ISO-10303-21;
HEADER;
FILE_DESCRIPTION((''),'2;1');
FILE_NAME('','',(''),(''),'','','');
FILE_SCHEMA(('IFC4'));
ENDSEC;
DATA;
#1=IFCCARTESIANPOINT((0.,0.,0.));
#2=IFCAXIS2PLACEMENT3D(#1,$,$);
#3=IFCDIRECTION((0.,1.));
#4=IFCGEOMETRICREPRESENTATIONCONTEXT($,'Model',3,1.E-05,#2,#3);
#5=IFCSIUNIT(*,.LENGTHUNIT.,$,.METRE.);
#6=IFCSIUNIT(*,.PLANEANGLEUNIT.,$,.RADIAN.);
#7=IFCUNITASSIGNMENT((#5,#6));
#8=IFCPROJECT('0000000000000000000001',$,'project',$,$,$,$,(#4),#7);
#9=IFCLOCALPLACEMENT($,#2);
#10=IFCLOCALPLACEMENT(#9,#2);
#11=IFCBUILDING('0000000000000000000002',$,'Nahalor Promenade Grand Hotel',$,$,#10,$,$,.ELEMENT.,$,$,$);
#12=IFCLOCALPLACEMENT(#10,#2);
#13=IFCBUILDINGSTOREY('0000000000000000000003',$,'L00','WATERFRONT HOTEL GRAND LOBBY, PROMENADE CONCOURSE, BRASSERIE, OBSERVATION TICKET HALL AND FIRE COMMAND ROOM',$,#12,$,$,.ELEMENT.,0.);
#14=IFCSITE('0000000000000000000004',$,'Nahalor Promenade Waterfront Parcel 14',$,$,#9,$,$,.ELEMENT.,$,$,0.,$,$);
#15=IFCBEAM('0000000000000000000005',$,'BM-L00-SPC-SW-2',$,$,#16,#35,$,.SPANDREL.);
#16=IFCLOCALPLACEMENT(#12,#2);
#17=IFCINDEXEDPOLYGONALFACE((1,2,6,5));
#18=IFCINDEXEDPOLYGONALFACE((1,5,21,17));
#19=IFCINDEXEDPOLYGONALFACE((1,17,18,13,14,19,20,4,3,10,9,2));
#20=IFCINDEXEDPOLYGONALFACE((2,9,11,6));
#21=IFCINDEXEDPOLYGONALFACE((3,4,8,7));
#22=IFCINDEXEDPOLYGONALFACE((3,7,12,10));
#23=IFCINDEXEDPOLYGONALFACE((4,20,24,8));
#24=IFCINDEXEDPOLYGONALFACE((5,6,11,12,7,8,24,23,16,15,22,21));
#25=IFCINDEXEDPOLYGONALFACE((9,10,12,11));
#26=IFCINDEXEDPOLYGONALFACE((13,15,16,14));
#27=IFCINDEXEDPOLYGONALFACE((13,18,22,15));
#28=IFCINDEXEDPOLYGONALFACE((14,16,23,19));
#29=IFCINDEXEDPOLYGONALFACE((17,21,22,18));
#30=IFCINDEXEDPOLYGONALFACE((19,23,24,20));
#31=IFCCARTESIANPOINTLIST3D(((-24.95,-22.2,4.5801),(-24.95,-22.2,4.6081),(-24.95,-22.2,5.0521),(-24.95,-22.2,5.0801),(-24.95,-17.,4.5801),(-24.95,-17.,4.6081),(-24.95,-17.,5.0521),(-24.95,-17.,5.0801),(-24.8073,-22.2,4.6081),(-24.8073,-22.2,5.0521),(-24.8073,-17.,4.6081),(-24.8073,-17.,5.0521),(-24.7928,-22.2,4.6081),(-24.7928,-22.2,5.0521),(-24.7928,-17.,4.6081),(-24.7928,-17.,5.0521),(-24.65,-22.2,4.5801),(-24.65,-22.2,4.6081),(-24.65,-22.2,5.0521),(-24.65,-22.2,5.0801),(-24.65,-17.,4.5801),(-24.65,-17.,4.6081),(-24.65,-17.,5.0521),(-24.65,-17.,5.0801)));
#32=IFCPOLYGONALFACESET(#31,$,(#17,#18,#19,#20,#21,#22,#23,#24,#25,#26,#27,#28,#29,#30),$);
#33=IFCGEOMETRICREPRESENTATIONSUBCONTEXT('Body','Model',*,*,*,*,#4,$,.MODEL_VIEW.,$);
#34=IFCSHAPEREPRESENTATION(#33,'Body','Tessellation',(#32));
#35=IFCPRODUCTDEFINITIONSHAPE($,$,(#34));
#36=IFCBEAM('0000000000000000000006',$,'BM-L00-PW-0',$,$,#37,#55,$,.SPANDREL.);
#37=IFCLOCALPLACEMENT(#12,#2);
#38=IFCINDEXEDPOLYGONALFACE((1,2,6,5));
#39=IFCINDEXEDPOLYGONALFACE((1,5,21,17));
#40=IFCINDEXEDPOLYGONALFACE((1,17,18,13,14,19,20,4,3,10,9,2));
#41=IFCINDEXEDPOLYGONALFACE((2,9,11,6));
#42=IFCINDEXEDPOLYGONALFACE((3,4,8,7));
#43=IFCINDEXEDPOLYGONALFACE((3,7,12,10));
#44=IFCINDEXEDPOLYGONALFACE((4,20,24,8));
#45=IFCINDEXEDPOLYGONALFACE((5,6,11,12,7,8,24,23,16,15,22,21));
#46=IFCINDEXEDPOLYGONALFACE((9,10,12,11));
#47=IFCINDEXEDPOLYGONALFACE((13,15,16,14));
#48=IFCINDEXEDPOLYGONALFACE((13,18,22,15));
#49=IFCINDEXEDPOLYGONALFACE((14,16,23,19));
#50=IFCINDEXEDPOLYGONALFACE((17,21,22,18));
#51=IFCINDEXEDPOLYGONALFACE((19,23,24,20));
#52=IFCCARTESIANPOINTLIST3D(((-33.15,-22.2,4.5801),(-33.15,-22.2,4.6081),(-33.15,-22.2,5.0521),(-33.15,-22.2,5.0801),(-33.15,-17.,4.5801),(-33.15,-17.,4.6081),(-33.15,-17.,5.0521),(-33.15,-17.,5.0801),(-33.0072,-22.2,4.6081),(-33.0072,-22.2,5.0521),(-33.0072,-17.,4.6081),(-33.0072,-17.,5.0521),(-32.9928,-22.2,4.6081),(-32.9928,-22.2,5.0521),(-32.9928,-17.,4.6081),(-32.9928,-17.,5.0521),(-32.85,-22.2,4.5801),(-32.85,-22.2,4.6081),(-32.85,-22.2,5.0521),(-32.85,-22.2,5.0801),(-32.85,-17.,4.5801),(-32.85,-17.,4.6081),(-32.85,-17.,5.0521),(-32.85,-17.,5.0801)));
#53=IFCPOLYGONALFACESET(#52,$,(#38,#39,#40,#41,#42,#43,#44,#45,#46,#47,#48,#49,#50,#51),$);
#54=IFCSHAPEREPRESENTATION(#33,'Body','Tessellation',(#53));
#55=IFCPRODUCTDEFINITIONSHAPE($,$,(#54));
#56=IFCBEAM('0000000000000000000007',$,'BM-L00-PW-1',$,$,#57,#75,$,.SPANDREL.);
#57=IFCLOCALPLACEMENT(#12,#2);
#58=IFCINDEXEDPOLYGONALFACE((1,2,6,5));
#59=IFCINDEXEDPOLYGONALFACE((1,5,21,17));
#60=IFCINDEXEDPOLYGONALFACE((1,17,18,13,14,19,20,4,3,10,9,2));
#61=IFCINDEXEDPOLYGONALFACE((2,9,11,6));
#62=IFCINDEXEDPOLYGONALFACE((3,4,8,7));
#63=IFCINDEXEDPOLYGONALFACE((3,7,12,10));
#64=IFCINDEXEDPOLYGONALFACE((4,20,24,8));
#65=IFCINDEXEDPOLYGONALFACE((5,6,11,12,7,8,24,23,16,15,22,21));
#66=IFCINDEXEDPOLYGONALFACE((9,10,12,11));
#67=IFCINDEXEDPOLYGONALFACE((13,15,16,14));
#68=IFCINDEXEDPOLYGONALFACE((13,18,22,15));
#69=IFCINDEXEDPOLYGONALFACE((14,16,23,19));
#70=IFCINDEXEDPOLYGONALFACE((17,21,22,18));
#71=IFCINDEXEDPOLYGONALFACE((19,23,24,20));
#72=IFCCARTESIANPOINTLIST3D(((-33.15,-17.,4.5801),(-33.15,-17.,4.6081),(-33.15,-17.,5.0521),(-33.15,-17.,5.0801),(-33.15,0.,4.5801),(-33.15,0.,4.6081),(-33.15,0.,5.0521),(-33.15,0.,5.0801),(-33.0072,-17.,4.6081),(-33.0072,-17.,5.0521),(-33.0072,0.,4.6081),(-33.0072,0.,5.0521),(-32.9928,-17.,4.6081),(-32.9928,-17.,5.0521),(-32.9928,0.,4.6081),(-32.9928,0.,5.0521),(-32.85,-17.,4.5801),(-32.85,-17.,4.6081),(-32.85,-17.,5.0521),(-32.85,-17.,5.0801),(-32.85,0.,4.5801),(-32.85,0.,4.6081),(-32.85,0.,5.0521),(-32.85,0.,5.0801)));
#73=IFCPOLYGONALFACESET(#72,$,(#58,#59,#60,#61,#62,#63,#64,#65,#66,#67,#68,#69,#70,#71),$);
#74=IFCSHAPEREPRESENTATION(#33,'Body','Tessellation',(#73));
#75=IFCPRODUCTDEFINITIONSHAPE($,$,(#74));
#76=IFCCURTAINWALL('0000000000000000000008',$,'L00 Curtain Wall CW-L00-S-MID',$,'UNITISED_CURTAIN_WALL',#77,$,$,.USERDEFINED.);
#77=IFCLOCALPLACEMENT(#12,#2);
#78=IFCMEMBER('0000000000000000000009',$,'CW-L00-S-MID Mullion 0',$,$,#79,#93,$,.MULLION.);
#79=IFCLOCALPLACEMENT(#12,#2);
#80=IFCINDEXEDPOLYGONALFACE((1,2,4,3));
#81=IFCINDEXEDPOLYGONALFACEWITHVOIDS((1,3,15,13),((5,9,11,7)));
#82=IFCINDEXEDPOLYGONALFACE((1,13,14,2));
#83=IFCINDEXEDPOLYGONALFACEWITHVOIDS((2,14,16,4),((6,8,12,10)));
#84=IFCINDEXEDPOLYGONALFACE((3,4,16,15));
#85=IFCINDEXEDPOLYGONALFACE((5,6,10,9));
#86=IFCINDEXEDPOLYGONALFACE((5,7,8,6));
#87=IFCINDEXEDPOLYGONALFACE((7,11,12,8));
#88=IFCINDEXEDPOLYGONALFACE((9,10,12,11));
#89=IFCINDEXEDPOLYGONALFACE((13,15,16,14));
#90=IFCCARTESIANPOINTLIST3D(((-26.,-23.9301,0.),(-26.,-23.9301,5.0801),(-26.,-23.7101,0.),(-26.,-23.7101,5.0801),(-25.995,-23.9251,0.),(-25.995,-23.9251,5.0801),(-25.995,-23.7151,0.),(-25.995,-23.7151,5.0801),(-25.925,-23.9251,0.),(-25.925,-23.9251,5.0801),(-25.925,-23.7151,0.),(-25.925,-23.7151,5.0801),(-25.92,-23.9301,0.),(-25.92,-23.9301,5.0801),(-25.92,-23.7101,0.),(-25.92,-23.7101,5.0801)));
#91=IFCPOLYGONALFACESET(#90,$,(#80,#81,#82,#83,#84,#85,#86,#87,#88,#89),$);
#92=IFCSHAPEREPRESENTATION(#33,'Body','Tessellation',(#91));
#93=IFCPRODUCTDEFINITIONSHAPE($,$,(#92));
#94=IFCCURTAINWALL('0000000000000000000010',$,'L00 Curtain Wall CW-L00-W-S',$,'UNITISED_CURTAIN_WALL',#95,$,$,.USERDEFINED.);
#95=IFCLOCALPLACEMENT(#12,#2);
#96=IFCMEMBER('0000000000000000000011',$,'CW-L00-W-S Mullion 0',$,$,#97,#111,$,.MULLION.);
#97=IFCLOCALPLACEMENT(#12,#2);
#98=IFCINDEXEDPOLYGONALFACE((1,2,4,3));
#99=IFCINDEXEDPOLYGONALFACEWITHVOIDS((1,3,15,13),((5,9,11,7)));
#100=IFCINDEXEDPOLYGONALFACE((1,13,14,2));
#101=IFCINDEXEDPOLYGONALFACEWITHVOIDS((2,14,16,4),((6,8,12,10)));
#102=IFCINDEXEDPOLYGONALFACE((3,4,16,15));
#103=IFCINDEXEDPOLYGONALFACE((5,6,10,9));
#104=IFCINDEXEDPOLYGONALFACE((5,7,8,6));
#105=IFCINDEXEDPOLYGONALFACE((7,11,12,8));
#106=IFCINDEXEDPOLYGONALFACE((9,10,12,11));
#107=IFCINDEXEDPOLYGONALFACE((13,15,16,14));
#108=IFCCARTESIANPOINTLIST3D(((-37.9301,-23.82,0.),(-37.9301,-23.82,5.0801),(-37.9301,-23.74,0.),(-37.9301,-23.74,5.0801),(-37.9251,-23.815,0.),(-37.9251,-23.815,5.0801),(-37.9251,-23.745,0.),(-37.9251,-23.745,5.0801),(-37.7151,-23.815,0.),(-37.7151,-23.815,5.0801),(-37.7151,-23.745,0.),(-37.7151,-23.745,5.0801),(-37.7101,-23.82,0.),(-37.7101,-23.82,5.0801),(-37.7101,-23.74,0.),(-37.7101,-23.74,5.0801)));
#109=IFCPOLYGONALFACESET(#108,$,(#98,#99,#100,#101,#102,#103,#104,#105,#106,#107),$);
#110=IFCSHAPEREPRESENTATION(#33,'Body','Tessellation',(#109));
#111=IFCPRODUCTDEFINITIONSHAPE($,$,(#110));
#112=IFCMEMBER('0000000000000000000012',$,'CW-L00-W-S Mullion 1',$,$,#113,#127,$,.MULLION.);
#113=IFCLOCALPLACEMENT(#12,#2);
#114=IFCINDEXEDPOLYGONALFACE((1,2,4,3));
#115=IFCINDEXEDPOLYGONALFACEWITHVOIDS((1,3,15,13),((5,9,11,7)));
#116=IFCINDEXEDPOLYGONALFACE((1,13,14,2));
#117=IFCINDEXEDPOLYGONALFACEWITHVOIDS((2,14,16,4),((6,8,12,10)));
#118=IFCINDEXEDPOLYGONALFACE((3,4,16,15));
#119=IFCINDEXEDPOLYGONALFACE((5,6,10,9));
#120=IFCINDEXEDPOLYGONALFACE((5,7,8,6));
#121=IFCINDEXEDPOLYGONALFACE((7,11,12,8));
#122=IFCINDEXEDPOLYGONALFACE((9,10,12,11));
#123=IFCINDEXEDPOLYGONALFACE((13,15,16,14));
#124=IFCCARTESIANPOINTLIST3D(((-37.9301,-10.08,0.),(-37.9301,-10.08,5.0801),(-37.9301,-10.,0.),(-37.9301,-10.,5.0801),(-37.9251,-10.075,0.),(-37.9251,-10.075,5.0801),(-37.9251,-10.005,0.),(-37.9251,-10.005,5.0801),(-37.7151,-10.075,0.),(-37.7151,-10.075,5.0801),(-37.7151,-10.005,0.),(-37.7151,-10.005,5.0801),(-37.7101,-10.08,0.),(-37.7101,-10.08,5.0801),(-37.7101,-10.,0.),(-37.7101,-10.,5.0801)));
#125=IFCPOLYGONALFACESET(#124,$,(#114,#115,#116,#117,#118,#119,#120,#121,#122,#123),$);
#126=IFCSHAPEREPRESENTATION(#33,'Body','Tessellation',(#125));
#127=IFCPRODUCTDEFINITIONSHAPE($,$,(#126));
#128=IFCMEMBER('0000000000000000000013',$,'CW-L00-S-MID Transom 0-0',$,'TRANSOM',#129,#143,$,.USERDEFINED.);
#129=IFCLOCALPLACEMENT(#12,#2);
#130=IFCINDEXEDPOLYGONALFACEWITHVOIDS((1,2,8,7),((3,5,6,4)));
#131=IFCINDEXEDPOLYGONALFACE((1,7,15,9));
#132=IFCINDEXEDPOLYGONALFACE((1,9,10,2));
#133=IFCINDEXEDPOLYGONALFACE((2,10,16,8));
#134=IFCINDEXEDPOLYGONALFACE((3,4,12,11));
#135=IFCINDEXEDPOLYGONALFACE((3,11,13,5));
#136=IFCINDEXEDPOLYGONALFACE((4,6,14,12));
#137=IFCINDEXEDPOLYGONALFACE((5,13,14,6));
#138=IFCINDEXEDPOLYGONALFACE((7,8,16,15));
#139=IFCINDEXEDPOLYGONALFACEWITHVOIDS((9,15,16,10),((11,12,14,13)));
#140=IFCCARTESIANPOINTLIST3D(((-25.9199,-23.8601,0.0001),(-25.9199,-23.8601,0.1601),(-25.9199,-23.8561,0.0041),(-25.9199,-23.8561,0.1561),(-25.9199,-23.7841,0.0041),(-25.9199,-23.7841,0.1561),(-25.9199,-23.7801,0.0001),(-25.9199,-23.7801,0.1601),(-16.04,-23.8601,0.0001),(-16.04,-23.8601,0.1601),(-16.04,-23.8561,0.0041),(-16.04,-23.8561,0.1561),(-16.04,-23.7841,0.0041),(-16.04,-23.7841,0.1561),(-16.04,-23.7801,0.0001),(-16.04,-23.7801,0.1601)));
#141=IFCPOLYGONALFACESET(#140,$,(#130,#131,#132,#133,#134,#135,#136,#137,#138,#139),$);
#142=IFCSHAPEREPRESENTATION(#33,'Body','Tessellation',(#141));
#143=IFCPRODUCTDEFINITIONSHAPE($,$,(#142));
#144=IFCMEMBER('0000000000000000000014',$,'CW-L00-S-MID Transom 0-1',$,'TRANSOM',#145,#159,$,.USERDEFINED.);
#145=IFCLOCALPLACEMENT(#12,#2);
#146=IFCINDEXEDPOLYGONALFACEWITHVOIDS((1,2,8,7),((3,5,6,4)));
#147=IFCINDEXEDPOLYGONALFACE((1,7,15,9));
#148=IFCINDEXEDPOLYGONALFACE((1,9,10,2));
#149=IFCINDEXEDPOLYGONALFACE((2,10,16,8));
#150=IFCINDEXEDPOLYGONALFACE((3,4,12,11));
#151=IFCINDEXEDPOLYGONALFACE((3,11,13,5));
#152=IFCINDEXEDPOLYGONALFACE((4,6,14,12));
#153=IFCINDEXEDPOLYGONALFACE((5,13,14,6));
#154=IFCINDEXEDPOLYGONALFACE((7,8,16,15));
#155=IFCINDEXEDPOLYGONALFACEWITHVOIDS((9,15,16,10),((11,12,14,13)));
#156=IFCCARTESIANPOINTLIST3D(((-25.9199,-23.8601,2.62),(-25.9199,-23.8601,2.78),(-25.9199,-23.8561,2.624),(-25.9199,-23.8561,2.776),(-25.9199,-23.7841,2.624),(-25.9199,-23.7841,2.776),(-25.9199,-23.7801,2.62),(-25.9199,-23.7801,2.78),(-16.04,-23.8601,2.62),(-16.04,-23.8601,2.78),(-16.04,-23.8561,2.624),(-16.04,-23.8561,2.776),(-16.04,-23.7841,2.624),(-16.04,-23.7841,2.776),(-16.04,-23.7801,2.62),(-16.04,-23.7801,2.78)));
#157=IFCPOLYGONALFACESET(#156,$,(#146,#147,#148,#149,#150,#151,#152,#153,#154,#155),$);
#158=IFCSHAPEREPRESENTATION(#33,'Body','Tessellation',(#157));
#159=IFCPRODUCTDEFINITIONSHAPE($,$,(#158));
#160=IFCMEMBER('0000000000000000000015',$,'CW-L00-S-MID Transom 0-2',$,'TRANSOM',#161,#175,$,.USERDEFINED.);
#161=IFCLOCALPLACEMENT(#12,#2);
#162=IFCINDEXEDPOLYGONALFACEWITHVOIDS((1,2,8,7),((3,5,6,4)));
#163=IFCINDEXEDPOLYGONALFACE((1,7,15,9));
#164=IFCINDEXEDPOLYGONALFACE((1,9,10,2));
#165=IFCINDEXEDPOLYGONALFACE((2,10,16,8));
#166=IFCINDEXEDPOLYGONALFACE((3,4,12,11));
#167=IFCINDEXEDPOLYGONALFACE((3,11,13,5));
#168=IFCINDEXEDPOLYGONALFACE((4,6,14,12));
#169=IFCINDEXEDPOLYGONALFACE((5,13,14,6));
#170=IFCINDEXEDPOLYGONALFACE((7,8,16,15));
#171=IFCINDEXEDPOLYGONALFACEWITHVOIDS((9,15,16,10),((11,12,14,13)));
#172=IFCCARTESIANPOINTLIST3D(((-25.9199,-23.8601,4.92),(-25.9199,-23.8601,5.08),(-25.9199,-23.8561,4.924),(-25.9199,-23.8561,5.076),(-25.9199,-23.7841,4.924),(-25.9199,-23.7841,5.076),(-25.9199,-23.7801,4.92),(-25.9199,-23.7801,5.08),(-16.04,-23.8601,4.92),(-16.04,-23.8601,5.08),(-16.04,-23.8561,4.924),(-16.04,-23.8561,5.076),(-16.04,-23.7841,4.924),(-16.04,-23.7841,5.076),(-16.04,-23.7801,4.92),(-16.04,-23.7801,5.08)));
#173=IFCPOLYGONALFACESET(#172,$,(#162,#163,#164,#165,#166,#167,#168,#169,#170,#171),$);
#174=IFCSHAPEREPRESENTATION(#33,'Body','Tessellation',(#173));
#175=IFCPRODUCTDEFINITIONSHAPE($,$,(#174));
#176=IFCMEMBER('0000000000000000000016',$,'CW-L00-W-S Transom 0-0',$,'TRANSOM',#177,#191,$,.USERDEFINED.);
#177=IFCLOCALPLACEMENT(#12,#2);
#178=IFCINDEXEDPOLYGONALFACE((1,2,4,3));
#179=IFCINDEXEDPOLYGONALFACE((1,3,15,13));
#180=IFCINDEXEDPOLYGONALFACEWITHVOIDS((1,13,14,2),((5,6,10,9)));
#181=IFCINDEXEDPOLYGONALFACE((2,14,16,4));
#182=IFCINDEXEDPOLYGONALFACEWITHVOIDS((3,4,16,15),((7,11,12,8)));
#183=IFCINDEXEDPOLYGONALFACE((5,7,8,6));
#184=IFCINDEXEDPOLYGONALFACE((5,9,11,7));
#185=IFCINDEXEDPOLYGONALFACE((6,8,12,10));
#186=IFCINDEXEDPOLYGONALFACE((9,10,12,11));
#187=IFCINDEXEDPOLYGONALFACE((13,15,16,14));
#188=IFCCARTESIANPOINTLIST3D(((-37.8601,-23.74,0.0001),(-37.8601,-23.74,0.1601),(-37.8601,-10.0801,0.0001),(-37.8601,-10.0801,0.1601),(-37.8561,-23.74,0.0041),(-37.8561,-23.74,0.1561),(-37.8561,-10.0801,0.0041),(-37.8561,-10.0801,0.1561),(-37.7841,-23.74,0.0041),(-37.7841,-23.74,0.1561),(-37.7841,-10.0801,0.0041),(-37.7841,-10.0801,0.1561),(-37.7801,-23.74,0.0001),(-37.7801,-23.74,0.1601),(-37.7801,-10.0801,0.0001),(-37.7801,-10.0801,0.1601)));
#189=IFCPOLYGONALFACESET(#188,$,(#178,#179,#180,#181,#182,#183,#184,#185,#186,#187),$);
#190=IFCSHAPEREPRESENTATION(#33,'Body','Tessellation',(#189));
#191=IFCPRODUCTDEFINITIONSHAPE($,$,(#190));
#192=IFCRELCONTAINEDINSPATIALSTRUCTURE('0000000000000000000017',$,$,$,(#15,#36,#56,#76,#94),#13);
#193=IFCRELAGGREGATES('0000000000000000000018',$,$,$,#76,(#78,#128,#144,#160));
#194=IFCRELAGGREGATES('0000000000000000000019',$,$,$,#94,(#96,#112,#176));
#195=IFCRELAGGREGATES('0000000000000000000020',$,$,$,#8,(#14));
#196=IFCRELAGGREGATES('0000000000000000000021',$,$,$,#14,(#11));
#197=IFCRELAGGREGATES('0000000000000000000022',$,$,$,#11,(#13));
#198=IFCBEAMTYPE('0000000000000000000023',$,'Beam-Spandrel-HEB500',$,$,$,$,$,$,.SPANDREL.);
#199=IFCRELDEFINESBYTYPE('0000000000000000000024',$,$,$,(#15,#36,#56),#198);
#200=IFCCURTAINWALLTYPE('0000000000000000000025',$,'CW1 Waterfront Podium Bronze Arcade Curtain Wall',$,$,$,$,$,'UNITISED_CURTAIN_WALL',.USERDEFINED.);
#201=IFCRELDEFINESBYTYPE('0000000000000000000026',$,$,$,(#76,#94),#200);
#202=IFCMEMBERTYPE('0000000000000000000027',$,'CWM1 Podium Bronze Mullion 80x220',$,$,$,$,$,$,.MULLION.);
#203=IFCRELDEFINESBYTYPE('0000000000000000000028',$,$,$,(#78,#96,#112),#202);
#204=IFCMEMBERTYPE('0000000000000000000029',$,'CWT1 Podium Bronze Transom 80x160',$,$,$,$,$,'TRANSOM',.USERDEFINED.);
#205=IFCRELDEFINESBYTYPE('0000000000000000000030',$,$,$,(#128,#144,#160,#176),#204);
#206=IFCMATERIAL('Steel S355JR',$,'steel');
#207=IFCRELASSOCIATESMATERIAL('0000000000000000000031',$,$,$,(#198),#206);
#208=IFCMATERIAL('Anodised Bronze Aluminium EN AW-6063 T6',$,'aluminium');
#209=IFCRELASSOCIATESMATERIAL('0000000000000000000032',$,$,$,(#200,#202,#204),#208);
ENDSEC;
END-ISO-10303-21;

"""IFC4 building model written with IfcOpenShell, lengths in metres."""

from ifc_helpers import new_model, si_unit, direction, frame, origin, origin_2d, place, context, subcontext, project, spatial, hollow_rectangle, i_section, extrude, source, transform, mapped, material, material_profile, profile_set, type_object, element, aggregate, save


model = new_model("IFC4")

# Units and contexts
model_context = context("Model", 3, precision=1e-05, world=origin(), true_north=direction((0.0, 1.0)))
body_context = subcontext(model_context, "Body", "Model", "MODEL_VIEW")
ifc_project = project(units=[si_unit("LENGTHUNIT", "METRE"), si_unit("PLANEANGLEUNIT", "RADIAN")], contexts=[model_context])

# Site, building, storey
site_placement = place(None, origin())
site = spatial("IfcSite", under=ifc_project, at=site_placement, Name="Nahalor Promenade Waterfront Parcel 14", CompositionType="ELEMENT", RefElevation=0.0)
building_placement = place(site_placement, origin())
building = spatial("IfcBuilding", under=site, at=building_placement, Name="Nahalor Promenade Grand Hotel", CompositionType="ELEMENT")
storey_placement = place(building_placement, origin())
storey = spatial("IfcBuildingStorey", under=building, at=storey_placement, Name="L00", Description="WATERFRONT HOTEL GRAND LOBBY, PROMENADE CONCOURSE, BRASSERIE, OBSERVATION TICKET HALL AND FIRE COMMAND ROOM", CompositionType="ELEMENT", Elevation=0.0)

# Beams
ifc_material_1 = material(Name="Steel S355JR", Category="steel")
ifc_material_profile_1 = material_profile(ifc_material_1, i_section(OverallWidth=0.3, OverallDepth=0.5, WebThickness=0.0145, FlangeThickness=0.028, at=origin_2d()), Name="HEB 500")
ifc_profile_set_1 = profile_set([ifc_material_profile_1], Name="Steel S355JR")
beam_type_1 = type_object("IfcBeamType", Name="Beam-Spandrel-HEB500", PredefinedType="SPANDREL", material=ifc_profile_set_1)
shared_shape_1 = source(origin(), body_context, "Body", "SweptSolid", [
    extrude(i_section(OverallWidth=0.3, OverallDepth=0.5, WebThickness=0.0145, FlangeThickness=0.028, at=origin_2d()), origin(), (0.0, 0.0, 1.0), 5.2),
])
for number, where, z_axis, x_axis, name in (
    (1, (-24.8, -22.2, 4.8301), (0.0, 1.0, 0.0), (-1.0, 0.0, 0.0), "BM-L00-SPC-SW-2"),
    (2, (-33.0, -22.2, 4.8301), (0.0, 1.0, 0.0), (-1.0, 0.0, 0.0), "BM-L00-PW-0"),
):
    element("IfcBeam", number, at=place(storey_placement, frame(where, z_axis=z_axis, x_axis=x_axis)), inside=storey, type_object=beam_type_1, Name=name, PredefinedType="SPANDREL", context=body_context, shape_type="MappedRepresentation", body=[
        mapped(shared_shape_1, transform((0.0, 0.0, 0.0), scale=1.0)),
    ])
shared_shape_2 = source(origin(), body_context, "Body", "SweptSolid", [
    extrude(i_section(OverallWidth=0.3, OverallDepth=0.5, WebThickness=0.0145, FlangeThickness=0.028, at=origin_2d()), origin(), (0.0, 0.0, 1.0), 17.0),
])
beam_1_placement = place(storey_placement, frame((-33.0, -17.0, 4.8301), z_axis=(0.0, 1.0, 0.0), x_axis=(-1.0, 0.0, 0.0)))
element("IfcBeam", 3, at=beam_1_placement, inside=storey, type_object=beam_type_1, Name="BM-L00-PW-1", PredefinedType="SPANDREL", context=body_context, shape_type="MappedRepresentation", body=[
    mapped(shared_shape_2, transform((0.0, 0.0, 0.0), scale=1.0)),
])

# Curtain wall, member
ifc_material_2 = material(Name="Anodised Bronze Aluminium EN AW-6063 T6", Category="aluminium")
curtain_wall_type = type_object("IfcCurtainWallType", Name="CW1 Waterfront Podium Bronze Arcade Curtain Wall", ElementType="UNITISED_CURTAIN_WALL", PredefinedType="USERDEFINED", material=ifc_material_2)
curtain_wall_1_placement = place(storey_placement, origin())
curtain_wall_1 = element("IfcCurtainWall", 4, at=curtain_wall_1_placement, inside=storey, type_object=curtain_wall_type, Name="L00 Curtain Wall CW-L00-S-MID", ObjectType="UNITISED_CURTAIN_WALL", PredefinedType="USERDEFINED")
ifc_material_profile_2 = material_profile(ifc_material_2, hollow_rectangle(XDim=0.08, YDim=0.22, WallThickness=0.005, at=origin_2d()), Name="CWM 80x220x5")
ifc_profile_set_2 = profile_set([ifc_material_profile_2], Name="Anodised Bronze Aluminium EN AW-6063 T6")
member_type_1 = type_object("IfcMemberType", Name="CWM1 Podium Bronze Mullion 80x220", PredefinedType="MULLION", material=ifc_profile_set_2)
shared_shape_3 = source(origin(), body_context, "Body", "SweptSolid", [
    extrude(hollow_rectangle(XDim=0.08, YDim=0.22, WallThickness=0.005, at=origin_2d()), origin(), (0.0, 0.0, 1.0), 5.0801),
])
member_1_placement = place(storey_placement, frame((-25.96, -23.8201, 0.0), z_axis=(0.0, 0.0, 1.0), x_axis=(1.0, 0.0, 0.0)))
member_1 = element("IfcMember", 5, at=member_1_placement, type_object=member_type_1, Name="CW-L00-S-MID Mullion 0", PredefinedType="MULLION", context=body_context, shape_type="MappedRepresentation", body=[
    mapped(shared_shape_3, transform((0.0, 0.0, 0.0), scale=1.0)),
])

# Curtain wall, members
curtain_wall_2_placement = place(storey_placement, origin())
curtain_wall_2 = element("IfcCurtainWall", 6, at=curtain_wall_2_placement, inside=storey, type_object=curtain_wall_type, Name="L00 Curtain Wall CW-L00-W-S", ObjectType="UNITISED_CURTAIN_WALL", PredefinedType="USERDEFINED")
member_2_placement = place(storey_placement, frame((-37.8201, -23.78, 0.0), z_axis=(0.0, 0.0, 1.0), x_axis=(0.0, 1.0, 0.0)))
member_2 = element("IfcMember", 7, at=member_2_placement, type_object=member_type_1, Name="CW-L00-W-S Mullion 0", PredefinedType="MULLION", context=body_context, shape_type="MappedRepresentation", body=[
    mapped(shared_shape_3, transform((0.0, 0.0, 0.0), scale=1.0)),
])
member_3_placement = place(storey_placement, frame((-37.8201, -10.04, 0.0), z_axis=(0.0, 0.0, 1.0), x_axis=(0.0, 1.0, 0.0)))
member_3 = element("IfcMember", 8, at=member_3_placement, type_object=member_type_1, Name="CW-L00-W-S Mullion 1", PredefinedType="MULLION", context=body_context, shape_type="MappedRepresentation", body=[
    mapped(shared_shape_3, transform((0.0, 0.0, 0.0), scale=1.0)),
])

# Members
ifc_material_profile_3 = material_profile(ifc_material_2, hollow_rectangle(XDim=0.08, YDim=0.16, WallThickness=0.004, at=origin_2d()), Name="CWT 80x160x4")
ifc_profile_set_3 = profile_set([ifc_material_profile_3], Name="Anodised Bronze Aluminium EN AW-6063 T6")
member_type_2 = type_object("IfcMemberType", Name="CWT1 Podium Bronze Transom 80x160", ElementType="TRANSOM", PredefinedType="USERDEFINED", material=ifc_profile_set_3)
shared_shape_4 = source(origin(), body_context, "Body", "SweptSolid", [
    extrude(hollow_rectangle(XDim=0.08, YDim=0.16, WallThickness=0.004, at=origin_2d()), origin(), (0.0, 0.0, 1.0), 9.8799),
])
member_4_placement = place(storey_placement, frame((-25.9199, -23.8201, 0.0801), z_axis=(1.0, 0.0, 0.0), x_axis=(0.0, 1.0, 0.0)))
member_4 = element("IfcMember", 9, at=member_4_placement, type_object=member_type_2, Name="CW-L00-S-MID Transom 0-0", ObjectType="TRANSOM", PredefinedType="USERDEFINED", context=body_context, shape_type="MappedRepresentation", body=[
    mapped(shared_shape_4, transform((0.0, 0.0, 0.0), scale=1.0)),
])
member_5_placement = place(storey_placement, frame((-25.9199, -23.8201, 2.7), z_axis=(1.0, 0.0, 0.0), x_axis=(0.0, 1.0, 0.0)))
member_5 = element("IfcMember", 10, at=member_5_placement, type_object=member_type_2, Name="CW-L00-S-MID Transom 0-1", ObjectType="TRANSOM", PredefinedType="USERDEFINED", context=body_context, shape_type="MappedRepresentation", body=[
    mapped(shared_shape_4, transform((0.0, 0.0, 0.0), scale=1.0)),
])
member_6_placement = place(storey_placement, frame((-25.9199, -23.8201, 5.0), z_axis=(1.0, 0.0, 0.0), x_axis=(0.0, 1.0, 0.0)))
member_6 = element("IfcMember", 11, at=member_6_placement, type_object=member_type_2, Name="CW-L00-S-MID Transom 0-2", ObjectType="TRANSOM", PredefinedType="USERDEFINED", context=body_context, shape_type="MappedRepresentation", body=[
    mapped(shared_shape_4, transform((0.0, 0.0, 0.0), scale=1.0)),
])
aggregate(curtain_wall_1, [member_1, member_4, member_5, member_6])
shared_shape_5 = source(origin(), body_context, "Body", "SweptSolid", [
    extrude(hollow_rectangle(XDim=0.08, YDim=0.16, WallThickness=0.004, at=origin_2d()), origin(), (0.0, 0.0, 1.0), 13.6599),
])
member_7_placement = place(storey_placement, frame((-37.8201, -23.74, 0.0801), z_axis=(0.0, 1.0, 0.0), x_axis=(-1.0, 0.0, 0.0)))
member_7 = element("IfcMember", 12, at=member_7_placement, type_object=member_type_2, Name="CW-L00-W-S Transom 0-0", ObjectType="TRANSOM", PredefinedType="USERDEFINED", context=body_context, shape_type="MappedRepresentation", body=[
    mapped(shared_shape_5, transform((0.0, 0.0, 0.0), scale=1.0)),
])

aggregate(curtain_wall_2, [member_2, member_3, member_7])

save(model, "model.ifc")
